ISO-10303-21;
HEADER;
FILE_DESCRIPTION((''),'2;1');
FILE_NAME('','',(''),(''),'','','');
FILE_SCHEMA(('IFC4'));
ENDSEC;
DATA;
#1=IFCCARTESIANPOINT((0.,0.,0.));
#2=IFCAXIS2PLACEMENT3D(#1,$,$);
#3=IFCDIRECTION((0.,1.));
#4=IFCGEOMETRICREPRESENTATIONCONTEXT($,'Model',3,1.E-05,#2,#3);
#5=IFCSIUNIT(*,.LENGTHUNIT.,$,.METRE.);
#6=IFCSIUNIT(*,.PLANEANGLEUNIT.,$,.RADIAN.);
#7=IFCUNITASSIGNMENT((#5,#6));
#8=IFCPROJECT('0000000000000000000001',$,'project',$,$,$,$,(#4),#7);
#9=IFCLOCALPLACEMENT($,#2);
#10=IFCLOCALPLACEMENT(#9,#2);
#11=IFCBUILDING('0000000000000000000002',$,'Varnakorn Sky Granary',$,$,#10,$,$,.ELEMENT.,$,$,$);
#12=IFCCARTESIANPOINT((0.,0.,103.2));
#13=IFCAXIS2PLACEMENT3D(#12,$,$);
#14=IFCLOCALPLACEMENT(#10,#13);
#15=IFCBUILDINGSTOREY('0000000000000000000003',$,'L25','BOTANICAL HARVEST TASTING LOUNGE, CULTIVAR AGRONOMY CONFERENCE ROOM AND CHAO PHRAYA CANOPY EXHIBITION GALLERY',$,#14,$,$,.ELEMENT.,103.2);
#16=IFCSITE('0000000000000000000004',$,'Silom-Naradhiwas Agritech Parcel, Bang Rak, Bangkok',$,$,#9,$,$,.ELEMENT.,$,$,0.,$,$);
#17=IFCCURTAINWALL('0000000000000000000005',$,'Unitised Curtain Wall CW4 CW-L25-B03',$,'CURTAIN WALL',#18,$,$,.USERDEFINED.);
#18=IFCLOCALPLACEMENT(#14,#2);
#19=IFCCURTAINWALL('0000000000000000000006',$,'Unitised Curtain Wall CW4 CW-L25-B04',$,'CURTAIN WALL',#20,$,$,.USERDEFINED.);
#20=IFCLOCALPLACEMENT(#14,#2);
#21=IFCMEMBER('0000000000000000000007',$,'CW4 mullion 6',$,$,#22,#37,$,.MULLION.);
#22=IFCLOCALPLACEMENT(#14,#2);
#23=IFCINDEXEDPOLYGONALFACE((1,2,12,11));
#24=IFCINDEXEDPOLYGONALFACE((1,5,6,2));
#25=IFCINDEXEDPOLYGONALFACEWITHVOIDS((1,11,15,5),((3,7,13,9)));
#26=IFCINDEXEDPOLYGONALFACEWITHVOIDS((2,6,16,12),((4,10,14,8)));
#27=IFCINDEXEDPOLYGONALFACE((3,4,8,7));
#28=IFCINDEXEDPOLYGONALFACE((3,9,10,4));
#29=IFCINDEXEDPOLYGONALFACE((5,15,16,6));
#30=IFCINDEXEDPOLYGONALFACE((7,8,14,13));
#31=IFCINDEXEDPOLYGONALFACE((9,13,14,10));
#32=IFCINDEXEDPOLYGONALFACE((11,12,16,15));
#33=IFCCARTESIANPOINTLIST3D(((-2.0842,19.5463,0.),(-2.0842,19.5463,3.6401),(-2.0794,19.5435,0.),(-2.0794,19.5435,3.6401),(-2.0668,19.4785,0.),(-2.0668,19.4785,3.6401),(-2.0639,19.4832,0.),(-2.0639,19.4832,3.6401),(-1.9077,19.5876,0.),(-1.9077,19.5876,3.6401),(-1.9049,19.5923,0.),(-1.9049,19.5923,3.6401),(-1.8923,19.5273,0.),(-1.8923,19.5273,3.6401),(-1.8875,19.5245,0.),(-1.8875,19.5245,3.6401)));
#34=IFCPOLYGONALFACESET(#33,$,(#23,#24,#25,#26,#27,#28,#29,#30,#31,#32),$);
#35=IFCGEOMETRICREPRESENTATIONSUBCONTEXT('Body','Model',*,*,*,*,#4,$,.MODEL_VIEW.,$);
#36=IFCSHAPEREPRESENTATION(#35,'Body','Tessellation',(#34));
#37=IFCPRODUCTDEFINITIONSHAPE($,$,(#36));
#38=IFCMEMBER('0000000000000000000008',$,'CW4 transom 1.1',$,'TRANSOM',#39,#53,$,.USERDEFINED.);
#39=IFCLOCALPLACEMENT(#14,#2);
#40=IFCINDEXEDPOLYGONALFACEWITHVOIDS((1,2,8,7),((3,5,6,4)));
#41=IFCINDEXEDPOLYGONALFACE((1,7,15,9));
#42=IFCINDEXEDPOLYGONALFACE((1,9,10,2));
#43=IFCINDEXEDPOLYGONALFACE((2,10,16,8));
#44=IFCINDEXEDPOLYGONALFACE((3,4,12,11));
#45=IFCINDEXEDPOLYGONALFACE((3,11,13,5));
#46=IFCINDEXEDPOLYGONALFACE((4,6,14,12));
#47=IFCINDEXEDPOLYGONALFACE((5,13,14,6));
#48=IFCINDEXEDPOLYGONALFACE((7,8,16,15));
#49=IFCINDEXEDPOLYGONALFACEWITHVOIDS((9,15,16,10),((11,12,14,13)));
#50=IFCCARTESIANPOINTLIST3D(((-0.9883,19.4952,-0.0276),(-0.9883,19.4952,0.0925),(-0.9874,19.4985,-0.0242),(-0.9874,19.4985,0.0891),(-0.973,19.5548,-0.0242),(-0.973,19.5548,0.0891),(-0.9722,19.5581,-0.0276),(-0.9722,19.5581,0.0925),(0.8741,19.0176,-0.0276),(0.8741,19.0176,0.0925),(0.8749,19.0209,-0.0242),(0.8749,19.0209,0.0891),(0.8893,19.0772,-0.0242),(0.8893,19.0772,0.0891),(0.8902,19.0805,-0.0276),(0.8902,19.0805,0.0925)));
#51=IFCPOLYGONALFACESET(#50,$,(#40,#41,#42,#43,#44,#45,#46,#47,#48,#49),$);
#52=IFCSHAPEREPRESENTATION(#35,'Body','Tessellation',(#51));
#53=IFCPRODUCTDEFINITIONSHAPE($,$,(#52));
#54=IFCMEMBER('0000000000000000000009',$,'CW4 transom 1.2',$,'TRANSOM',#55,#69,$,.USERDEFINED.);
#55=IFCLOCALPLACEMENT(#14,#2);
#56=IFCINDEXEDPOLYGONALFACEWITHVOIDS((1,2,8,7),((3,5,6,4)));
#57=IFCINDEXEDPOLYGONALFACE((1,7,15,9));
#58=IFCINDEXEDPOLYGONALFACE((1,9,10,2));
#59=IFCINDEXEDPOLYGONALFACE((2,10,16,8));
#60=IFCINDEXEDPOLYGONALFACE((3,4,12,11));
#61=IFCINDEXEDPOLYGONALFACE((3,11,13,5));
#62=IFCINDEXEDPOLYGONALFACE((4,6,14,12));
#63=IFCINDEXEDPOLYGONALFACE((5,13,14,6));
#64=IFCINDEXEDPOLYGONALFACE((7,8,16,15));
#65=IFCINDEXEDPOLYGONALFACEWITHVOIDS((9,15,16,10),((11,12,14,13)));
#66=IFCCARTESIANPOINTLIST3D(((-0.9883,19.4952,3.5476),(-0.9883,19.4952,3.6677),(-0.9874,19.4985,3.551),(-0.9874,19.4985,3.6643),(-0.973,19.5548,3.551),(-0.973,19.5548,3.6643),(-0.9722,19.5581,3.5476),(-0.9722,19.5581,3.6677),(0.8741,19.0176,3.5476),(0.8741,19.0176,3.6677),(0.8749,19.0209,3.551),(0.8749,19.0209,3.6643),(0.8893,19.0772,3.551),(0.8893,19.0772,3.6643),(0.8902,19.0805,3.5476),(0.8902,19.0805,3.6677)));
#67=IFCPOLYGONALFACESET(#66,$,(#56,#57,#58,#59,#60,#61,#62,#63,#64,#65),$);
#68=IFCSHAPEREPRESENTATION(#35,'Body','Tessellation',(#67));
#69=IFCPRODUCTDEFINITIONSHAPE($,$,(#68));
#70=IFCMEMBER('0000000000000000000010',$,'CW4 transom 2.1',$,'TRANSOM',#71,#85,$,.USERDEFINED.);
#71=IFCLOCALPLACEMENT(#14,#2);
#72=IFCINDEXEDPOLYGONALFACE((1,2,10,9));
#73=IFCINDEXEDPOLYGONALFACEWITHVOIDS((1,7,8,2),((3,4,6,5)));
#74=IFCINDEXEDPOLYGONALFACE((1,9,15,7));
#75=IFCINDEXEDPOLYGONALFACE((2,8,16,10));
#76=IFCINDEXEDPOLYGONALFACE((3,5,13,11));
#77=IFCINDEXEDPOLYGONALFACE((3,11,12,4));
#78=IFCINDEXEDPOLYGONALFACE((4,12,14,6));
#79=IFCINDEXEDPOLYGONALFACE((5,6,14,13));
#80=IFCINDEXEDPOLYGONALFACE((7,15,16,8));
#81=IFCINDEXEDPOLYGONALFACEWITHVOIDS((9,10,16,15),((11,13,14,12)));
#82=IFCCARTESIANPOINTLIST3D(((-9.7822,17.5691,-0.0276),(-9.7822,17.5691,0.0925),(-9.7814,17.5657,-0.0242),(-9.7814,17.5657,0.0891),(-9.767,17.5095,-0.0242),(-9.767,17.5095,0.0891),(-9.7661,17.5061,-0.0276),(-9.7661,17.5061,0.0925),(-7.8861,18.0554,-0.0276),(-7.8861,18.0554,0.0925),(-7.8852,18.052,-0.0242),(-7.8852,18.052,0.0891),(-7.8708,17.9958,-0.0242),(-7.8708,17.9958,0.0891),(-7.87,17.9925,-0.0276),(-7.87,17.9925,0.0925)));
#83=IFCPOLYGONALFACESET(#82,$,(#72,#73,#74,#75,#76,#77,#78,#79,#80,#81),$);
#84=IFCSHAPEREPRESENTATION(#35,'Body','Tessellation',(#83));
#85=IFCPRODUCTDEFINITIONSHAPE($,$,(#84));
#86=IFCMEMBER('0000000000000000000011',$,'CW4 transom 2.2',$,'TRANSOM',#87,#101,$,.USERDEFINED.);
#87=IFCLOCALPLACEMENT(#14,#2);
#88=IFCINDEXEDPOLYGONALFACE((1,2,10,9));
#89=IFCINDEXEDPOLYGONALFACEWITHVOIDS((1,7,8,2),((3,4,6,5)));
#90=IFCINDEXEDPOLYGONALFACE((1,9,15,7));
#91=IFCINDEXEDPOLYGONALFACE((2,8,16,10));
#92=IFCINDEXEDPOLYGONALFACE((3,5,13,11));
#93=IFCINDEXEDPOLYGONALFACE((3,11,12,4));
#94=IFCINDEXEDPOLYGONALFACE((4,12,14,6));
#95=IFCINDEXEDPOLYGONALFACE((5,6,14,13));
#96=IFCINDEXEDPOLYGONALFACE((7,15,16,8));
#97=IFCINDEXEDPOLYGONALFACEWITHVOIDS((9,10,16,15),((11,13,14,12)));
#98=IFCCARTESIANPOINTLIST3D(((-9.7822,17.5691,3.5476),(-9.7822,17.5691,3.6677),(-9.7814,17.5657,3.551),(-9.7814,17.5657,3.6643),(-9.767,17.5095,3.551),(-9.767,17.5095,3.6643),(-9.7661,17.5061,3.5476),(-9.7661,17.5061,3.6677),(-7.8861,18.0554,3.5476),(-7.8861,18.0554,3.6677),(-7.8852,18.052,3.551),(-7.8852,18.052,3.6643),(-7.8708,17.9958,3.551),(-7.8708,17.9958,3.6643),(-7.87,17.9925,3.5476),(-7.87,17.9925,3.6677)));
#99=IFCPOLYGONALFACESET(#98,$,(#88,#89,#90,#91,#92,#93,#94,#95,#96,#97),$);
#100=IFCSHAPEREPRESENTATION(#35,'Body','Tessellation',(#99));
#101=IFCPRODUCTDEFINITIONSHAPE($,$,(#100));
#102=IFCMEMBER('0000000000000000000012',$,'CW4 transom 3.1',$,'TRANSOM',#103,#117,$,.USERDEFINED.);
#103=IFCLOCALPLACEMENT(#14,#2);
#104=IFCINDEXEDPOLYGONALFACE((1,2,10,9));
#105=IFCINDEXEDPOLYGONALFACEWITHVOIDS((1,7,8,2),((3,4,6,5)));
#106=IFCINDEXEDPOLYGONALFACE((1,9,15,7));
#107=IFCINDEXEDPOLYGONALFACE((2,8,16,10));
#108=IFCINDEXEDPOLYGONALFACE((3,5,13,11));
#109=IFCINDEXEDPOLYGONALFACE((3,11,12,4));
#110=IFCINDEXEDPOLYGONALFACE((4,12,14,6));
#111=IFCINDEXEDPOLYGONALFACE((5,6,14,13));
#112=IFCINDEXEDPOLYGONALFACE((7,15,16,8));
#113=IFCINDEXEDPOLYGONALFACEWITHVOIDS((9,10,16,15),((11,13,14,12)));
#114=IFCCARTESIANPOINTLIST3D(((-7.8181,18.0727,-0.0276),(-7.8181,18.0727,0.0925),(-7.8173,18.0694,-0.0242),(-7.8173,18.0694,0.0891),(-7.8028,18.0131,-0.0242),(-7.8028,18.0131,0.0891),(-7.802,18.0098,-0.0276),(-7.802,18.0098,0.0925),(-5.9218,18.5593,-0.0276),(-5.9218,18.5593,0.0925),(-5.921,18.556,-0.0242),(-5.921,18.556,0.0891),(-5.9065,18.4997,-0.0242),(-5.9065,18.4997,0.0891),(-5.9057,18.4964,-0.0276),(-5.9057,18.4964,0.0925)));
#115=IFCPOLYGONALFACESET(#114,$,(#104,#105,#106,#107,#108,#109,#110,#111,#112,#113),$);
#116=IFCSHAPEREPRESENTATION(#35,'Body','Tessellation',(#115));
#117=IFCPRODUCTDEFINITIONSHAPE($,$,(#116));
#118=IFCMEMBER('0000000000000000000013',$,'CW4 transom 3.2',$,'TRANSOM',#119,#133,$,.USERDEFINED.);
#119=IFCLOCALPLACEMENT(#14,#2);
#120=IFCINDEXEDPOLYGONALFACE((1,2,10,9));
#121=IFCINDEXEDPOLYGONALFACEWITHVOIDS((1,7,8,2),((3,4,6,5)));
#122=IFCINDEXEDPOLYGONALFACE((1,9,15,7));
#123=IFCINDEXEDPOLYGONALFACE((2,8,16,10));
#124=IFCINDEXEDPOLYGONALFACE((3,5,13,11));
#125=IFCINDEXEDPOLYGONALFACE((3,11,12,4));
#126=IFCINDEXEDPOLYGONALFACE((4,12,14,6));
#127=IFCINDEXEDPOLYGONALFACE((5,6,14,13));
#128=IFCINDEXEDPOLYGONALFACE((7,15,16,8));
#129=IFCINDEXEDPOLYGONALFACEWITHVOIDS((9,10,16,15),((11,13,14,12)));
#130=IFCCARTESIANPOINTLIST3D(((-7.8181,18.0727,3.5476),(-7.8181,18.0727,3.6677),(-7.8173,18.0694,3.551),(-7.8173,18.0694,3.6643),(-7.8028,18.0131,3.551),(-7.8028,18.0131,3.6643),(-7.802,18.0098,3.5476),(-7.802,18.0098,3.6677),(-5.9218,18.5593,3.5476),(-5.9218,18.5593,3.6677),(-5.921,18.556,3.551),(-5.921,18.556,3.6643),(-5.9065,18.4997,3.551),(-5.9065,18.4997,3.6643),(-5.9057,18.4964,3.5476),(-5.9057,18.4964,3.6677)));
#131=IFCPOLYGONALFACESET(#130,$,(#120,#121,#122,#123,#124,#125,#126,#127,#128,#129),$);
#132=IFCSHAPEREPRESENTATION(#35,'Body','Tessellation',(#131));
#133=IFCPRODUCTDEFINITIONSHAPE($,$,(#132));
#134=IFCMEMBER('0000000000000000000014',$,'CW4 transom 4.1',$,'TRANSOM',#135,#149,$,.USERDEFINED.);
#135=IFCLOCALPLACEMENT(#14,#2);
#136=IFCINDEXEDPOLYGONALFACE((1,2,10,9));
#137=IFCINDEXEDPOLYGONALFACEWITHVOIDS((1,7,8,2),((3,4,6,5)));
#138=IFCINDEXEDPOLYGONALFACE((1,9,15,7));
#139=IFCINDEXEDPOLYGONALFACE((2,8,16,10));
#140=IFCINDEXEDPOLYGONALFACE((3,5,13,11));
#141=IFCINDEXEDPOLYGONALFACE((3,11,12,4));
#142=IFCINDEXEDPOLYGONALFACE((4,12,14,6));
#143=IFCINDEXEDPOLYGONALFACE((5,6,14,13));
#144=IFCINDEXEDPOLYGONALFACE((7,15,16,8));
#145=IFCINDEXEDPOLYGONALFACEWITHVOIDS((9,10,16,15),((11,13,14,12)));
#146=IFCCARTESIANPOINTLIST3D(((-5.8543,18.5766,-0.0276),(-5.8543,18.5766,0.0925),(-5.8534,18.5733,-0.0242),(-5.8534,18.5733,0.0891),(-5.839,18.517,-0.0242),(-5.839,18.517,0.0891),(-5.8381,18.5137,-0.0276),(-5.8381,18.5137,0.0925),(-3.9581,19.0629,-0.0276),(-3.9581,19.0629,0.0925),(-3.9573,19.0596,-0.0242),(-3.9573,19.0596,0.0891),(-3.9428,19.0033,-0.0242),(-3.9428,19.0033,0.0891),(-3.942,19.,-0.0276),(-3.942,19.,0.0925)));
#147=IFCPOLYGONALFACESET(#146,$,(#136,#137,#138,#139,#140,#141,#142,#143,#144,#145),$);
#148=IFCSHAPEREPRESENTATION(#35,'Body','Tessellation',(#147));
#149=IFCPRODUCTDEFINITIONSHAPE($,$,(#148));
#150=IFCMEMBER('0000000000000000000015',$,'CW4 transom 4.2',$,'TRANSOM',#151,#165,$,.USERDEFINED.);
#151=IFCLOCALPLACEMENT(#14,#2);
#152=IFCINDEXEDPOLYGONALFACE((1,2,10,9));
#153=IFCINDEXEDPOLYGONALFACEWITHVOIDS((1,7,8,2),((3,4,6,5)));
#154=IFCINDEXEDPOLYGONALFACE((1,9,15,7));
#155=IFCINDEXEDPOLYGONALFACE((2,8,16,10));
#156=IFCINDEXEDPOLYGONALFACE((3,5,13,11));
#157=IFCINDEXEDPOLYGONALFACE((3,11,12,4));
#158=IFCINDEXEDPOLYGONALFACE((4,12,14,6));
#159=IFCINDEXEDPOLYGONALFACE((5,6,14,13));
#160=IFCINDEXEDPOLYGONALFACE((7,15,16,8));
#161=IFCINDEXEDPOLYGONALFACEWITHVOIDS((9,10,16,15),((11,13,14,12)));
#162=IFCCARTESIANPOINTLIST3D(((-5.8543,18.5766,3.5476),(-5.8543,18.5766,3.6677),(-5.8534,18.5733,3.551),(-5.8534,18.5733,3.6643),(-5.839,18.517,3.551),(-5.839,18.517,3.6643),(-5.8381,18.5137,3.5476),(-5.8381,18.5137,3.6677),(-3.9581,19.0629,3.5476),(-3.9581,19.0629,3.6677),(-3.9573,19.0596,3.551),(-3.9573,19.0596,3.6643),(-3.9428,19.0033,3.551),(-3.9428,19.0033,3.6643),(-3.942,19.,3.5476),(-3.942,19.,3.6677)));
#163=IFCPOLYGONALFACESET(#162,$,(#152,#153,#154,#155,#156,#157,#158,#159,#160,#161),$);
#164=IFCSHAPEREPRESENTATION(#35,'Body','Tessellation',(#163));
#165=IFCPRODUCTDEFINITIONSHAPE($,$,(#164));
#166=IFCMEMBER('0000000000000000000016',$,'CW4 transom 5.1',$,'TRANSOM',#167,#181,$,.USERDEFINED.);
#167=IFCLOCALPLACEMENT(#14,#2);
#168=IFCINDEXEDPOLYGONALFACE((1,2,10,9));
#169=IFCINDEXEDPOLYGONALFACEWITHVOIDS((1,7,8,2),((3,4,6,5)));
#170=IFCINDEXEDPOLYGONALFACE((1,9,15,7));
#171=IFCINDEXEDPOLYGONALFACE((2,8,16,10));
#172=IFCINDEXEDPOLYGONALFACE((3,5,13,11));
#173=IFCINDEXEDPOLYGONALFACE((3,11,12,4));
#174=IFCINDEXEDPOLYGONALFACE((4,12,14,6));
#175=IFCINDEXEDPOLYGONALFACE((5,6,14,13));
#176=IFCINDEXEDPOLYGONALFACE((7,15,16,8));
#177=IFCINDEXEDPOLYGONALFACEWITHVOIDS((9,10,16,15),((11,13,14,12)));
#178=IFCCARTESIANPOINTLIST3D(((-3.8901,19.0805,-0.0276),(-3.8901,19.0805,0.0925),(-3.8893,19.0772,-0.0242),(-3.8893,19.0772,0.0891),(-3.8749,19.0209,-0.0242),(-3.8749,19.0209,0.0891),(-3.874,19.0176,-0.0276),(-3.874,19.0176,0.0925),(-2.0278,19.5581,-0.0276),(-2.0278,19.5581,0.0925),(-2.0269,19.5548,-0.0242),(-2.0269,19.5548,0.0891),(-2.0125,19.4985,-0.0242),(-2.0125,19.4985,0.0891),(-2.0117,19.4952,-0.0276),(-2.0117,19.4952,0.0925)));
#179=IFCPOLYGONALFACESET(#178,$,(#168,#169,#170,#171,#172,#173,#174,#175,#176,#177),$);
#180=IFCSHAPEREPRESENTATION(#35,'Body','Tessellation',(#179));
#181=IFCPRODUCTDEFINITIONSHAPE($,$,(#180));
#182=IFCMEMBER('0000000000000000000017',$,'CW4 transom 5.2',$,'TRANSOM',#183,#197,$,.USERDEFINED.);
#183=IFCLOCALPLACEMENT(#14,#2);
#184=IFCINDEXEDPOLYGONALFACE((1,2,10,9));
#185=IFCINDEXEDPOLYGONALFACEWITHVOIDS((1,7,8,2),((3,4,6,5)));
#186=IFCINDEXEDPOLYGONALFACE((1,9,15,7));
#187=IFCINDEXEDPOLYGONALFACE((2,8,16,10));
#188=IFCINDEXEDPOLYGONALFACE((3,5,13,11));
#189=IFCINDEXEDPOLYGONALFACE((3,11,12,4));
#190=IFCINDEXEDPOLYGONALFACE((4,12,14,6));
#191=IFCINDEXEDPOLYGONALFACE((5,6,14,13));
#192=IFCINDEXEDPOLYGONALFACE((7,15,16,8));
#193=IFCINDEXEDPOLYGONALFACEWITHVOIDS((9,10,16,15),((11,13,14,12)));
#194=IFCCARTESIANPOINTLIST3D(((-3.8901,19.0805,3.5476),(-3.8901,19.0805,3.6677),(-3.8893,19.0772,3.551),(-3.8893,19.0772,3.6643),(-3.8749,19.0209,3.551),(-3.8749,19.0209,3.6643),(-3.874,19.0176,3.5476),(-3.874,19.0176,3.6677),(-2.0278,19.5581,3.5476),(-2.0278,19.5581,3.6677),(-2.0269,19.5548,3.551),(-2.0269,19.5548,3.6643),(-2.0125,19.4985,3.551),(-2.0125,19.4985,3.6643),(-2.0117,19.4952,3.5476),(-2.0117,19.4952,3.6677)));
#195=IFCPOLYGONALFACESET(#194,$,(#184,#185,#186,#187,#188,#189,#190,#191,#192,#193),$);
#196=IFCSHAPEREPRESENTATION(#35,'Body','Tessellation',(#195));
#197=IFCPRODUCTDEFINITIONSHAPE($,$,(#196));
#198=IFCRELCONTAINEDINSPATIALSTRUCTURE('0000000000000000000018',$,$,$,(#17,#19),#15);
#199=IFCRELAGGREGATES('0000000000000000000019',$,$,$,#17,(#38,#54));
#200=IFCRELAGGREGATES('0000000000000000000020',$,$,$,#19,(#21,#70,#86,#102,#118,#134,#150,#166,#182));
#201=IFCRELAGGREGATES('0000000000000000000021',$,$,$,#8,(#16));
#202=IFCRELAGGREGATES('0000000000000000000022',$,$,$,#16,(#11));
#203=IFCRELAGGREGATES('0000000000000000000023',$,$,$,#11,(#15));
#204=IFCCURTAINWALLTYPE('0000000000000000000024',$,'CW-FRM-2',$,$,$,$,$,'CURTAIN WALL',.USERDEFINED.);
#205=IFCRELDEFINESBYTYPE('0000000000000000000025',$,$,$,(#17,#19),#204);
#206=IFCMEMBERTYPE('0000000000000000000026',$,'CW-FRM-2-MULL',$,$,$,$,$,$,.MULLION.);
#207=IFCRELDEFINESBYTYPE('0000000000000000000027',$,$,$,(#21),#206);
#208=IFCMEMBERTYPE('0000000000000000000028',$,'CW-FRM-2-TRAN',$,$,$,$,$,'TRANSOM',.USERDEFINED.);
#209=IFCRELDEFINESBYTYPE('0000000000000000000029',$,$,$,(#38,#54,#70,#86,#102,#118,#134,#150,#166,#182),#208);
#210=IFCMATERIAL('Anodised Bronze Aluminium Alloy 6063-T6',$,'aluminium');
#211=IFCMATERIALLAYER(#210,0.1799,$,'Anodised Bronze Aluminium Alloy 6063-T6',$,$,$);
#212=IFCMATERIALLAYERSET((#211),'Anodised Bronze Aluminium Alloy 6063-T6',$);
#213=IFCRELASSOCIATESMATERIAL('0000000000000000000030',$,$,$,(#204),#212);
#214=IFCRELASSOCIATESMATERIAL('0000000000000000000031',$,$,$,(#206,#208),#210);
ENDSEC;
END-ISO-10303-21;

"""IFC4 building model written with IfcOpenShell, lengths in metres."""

from ifc_helpers import new_model, si_unit, direction, frame, origin, origin_2d, place, context, subcontext, project, spatial, hollow_rectangle, extrude, material, layer, layer_set, material_profile, profile_set, type_object, element, aggregate, save


model = new_model("IFC4")

# Units and contexts
model_context = context("Model", 3, precision=1e-05, world=origin(), true_north=direction((0.0, 1.0)))
body_context = subcontext(model_context, "Body", "Model", "MODEL_VIEW")
ifc_project = project(units=[si_unit("LENGTHUNIT", "METRE"), si_unit("PLANEANGLEUNIT", "RADIAN")], contexts=[model_context])

# Site, building, storey
site_placement = place(None, origin())
site = spatial("IfcSite", under=ifc_project, at=site_placement, Name="Silom-Naradhiwas Agritech Parcel, Bang Rak, Bangkok", CompositionType="ELEMENT", RefElevation=0.0)
building_placement = place(site_placement, origin())
building = spatial("IfcBuilding", under=site, at=building_placement, Name="Varnakorn Sky Granary", CompositionType="ELEMENT")
storey_placement = place(building_placement, frame((0.0, 0.0, 103.2)))
storey = spatial("IfcBuildingStorey", under=building, at=storey_placement, Name="L25", Description="BOTANICAL HARVEST TASTING LOUNGE, CULTIVAR AGRONOMY CONFERENCE ROOM AND CHAO PHRAYA CANOPY EXHIBITION GALLERY", CompositionType="ELEMENT", Elevation=103.2)

# Curtain wall
ifc_material_1 = material(Name="Anodised Bronze Aluminium Alloy 6063-T6", Category="aluminium")
ifc_layer_1 = layer(ifc_material_1, 0.1799, Name="Anodised Bronze Aluminium Alloy 6063-T6")
ifc_layer_set_1 = layer_set([ifc_layer_1], Name="Anodised Bronze Aluminium Alloy 6063-T6")
curtain_wall_type = type_object("IfcCurtainWallType", Name="CW-FRM-2", ElementType="CURTAIN WALL", PredefinedType="USERDEFINED", material=ifc_layer_set_1)
curtain_wall_1_placement = place(storey_placement, origin())
curtain_wall_1 = element("IfcCurtainWall", 1, at=curtain_wall_1_placement, inside=storey, type_object=curtain_wall_type, Name="Unitised Curtain Wall CW4 CW-L25-B03", ObjectType="CURTAIN WALL", PredefinedType="USERDEFINED")
ifc_material_profile_1 = material_profile(ifc_material_1, hollow_rectangle(XDim=0.0701, YDim=0.1851, WallThickness=0.0039, at=origin_2d()), Name="ALU MULL 70x185")
ifc_profile_set_1 = profile_set([ifc_material_profile_1], Name="Anodised Bronze Aluminium Alloy 6063-T6")
member_type_1 = type_object("IfcMemberType", Name="CW-FRM-2-MULL", PredefinedType="MULLION", material=ifc_profile_set_1)

# Curtain wall, member
curtain_wall_2_placement = place(storey_placement, origin())
curtain_wall_2 = element("IfcCurtainWall", 2, at=curtain_wall_2_placement, inside=storey, type_object=curtain_wall_type, Name="Unitised Curtain Wall CW4 CW-L25-B04", ObjectType="CURTAIN WALL", PredefinedType="USERDEFINED")
member_1_placement = place(storey_placement, frame((-1.9858, 19.5354, 0.0), z_axis=(0.0, 0.0, 1.0), x_axis=(-0.248477, 0.968638, 0.0)))
member_1 = element("IfcMember", 3, at=member_1_placement, type_object=member_type_1, Name="CW4 mullion 6", PredefinedType="MULLION", context=body_context, shape_type="SweptSolid", body=[
    extrude(hollow_rectangle(XDim=0.0701, YDim=0.1851, WallThickness=0.0039, at=origin_2d()), origin(), (0.0, 0.0, 1.0), 3.6401),
])

# Members
ifc_material_profile_2 = material_profile(ifc_material_1, hollow_rectangle(XDim=0.0649, YDim=0.1201, WallThickness=0.0034, at=origin_2d()), Name="ALU TRAN 65x120")
ifc_profile_set_2 = profile_set([ifc_material_profile_2], Name="Anodised Bronze Aluminium Alloy 6063-T6")
member_type_2 = type_object("IfcMemberType", Name="CW-FRM-2-TRAN", ElementType="TRANSOM", PredefinedType="USERDEFINED", material=ifc_profile_set_2)
member_2_placement = place(storey_placement, frame((-0.9802, 19.5266, 0.0325), z_axis=(0.968661, -0.248388, 0.0), x_axis=(0.248388, 0.968661, 0.0)))
member_2 = element("IfcMember", 4, at=member_2_placement, type_object=member_type_2, Name="CW4 transom 1.1", ObjectType="TRANSOM", PredefinedType="USERDEFINED", context=body_context, shape_type="SweptSolid", body=[
    extrude(hollow_rectangle(XDim=0.0649, YDim=0.1201, WallThickness=0.0034, at=origin_2d()), origin(), (0.0, 0.0, 1.0), 1.9226),
])
member_3_placement = place(storey_placement, frame((-0.9802, 19.5266, 3.6077), z_axis=(0.968661, -0.248388, 0.0), x_axis=(0.248388, 0.968661, 0.0)))
member_3 = element("IfcMember", 5, at=member_3_placement, type_object=member_type_2, Name="CW4 transom 1.2", ObjectType="TRANSOM", PredefinedType="USERDEFINED", context=body_context, shape_type="SweptSolid", body=[
    extrude(hollow_rectangle(XDim=0.0649, YDim=0.1201, WallThickness=0.0034, at=origin_2d()), origin(), (0.0, 0.0, 1.0), 1.9226),
])
aggregate(curtain_wall_1, [member_2, member_3])
member_4_placement = place(storey_placement, frame((-9.7742, 17.5376, 0.0325), z_axis=(0.96865, 0.248429, 0.0), x_axis=(-0.248429, 0.96865, 0.0)))
member_4 = element("IfcMember", 6, at=member_4_placement, type_object=member_type_2, Name="CW4 transom 2.1", ObjectType="TRANSOM", PredefinedType="USERDEFINED", context=body_context, shape_type="SweptSolid", body=[
    extrude(hollow_rectangle(XDim=0.0649, YDim=0.1201, WallThickness=0.0034, at=origin_2d()), origin(), (0.0, 0.0, 1.0), 1.9575),
])
member_5_placement = place(storey_placement, frame((-9.7742, 17.5376, 3.6077), z_axis=(0.96865, 0.248429, 0.0), x_axis=(-0.248429, 0.96865, 0.0)))
member_5 = element("IfcMember", 7, at=member_5_placement, type_object=member_type_2, Name="CW4 transom 2.2", ObjectType="TRANSOM", PredefinedType="USERDEFINED", context=body_context, shape_type="SweptSolid", body=[
    extrude(hollow_rectangle(XDim=0.0649, YDim=0.1201, WallThickness=0.0034, at=origin_2d()), origin(), (0.0, 0.0, 1.0), 1.9575),
])
member_6_placement = place(storey_placement, frame((-7.8101, 18.0413, 0.0325), z_axis=(0.96862, 0.248546, 0.0), x_axis=(-0.248546, 0.96862, 0.0)))
member_6 = element("IfcMember", 8, at=member_6_placement, type_object=member_type_2, Name="CW4 transom 3.1", ObjectType="TRANSOM", PredefinedType="USERDEFINED", context=body_context, shape_type="SweptSolid", body=[
    extrude(hollow_rectangle(XDim=0.0649, YDim=0.1201, WallThickness=0.0034, at=origin_2d()), origin(), (0.0, 0.0, 1.0), 1.9578),
])
member_7_placement = place(storey_placement, frame((-7.8101, 18.0413, 3.6077), z_axis=(0.96862, 0.248546, 0.0), x_axis=(-0.248546, 0.96862, 0.0)))
member_7 = element("IfcMember", 9, at=member_7_placement, type_object=member_type_2, Name="CW4 transom 3.2", ObjectType="TRANSOM", PredefinedType="USERDEFINED", context=body_context, shape_type="SweptSolid", body=[
    extrude(hollow_rectangle(XDim=0.0649, YDim=0.1201, WallThickness=0.0034, at=origin_2d()), origin(), (0.0, 0.0, 1.0), 1.9578),
])
member_8_placement = place(storey_placement, frame((-5.8462, 18.5452, 0.0325), z_axis=(0.96865, 0.248429, 0.0), x_axis=(-0.248429, 0.96865, 0.0)))
member_8 = element("IfcMember", 10, at=member_8_placement, type_object=member_type_2, Name="CW4 transom 4.1", ObjectType="TRANSOM", PredefinedType="USERDEFINED", context=body_context, shape_type="SweptSolid", body=[
    extrude(hollow_rectangle(XDim=0.0649, YDim=0.1201, WallThickness=0.0034, at=origin_2d()), origin(), (0.0, 0.0, 1.0), 1.9575),
])
member_9_placement = place(storey_placement, frame((-5.8462, 18.5452, 3.6077), z_axis=(0.96865, 0.248429, 0.0), x_axis=(-0.248429, 0.96865, 0.0)))
member_9 = element("IfcMember", 11, at=member_9_placement, type_object=member_type_2, Name="CW4 transom 4.2", ObjectType="TRANSOM", PredefinedType="USERDEFINED", context=body_context, shape_type="SweptSolid", body=[
    extrude(hollow_rectangle(XDim=0.0649, YDim=0.1201, WallThickness=0.0034, at=origin_2d()), origin(), (0.0, 0.0, 1.0), 1.9575),
])
member_10_placement = place(storey_placement, frame((-3.8821, 19.0491, 0.0325), z_axis=(0.968661, 0.248388, 0.0), x_axis=(-0.248388, 0.968661, 0.0)))
member_10 = element("IfcMember", 12, at=member_10_placement, type_object=member_type_2, Name="CW4 transom 5.1", ObjectType="TRANSOM", PredefinedType="USERDEFINED", context=body_context, shape_type="SweptSolid", body=[
    extrude(hollow_rectangle(XDim=0.0649, YDim=0.1201, WallThickness=0.0034, at=origin_2d()), origin(), (0.0, 0.0, 1.0), 1.9226),
])
member_11_placement = place(storey_placement, frame((-3.8821, 19.0491, 3.6077), z_axis=(0.968661, 0.248388, 0.0), x_axis=(-0.248388, 0.968661, 0.0)))
member_11 = element("IfcMember", 13, at=member_11_placement, type_object=member_type_2, Name="CW4 transom 5.2", ObjectType="TRANSOM", PredefinedType="USERDEFINED", context=body_context, shape_type="SweptSolid", body=[
    extrude(hollow_rectangle(XDim=0.0649, YDim=0.1201, WallThickness=0.0034, at=origin_2d()), origin(), (0.0, 0.0, 1.0), 1.9226),
])

aggregate(curtain_wall_2, [member_1, member_4, member_5, member_6, member_7, member_8, member_9, member_10, member_11])

save(model, "model.ifc")
